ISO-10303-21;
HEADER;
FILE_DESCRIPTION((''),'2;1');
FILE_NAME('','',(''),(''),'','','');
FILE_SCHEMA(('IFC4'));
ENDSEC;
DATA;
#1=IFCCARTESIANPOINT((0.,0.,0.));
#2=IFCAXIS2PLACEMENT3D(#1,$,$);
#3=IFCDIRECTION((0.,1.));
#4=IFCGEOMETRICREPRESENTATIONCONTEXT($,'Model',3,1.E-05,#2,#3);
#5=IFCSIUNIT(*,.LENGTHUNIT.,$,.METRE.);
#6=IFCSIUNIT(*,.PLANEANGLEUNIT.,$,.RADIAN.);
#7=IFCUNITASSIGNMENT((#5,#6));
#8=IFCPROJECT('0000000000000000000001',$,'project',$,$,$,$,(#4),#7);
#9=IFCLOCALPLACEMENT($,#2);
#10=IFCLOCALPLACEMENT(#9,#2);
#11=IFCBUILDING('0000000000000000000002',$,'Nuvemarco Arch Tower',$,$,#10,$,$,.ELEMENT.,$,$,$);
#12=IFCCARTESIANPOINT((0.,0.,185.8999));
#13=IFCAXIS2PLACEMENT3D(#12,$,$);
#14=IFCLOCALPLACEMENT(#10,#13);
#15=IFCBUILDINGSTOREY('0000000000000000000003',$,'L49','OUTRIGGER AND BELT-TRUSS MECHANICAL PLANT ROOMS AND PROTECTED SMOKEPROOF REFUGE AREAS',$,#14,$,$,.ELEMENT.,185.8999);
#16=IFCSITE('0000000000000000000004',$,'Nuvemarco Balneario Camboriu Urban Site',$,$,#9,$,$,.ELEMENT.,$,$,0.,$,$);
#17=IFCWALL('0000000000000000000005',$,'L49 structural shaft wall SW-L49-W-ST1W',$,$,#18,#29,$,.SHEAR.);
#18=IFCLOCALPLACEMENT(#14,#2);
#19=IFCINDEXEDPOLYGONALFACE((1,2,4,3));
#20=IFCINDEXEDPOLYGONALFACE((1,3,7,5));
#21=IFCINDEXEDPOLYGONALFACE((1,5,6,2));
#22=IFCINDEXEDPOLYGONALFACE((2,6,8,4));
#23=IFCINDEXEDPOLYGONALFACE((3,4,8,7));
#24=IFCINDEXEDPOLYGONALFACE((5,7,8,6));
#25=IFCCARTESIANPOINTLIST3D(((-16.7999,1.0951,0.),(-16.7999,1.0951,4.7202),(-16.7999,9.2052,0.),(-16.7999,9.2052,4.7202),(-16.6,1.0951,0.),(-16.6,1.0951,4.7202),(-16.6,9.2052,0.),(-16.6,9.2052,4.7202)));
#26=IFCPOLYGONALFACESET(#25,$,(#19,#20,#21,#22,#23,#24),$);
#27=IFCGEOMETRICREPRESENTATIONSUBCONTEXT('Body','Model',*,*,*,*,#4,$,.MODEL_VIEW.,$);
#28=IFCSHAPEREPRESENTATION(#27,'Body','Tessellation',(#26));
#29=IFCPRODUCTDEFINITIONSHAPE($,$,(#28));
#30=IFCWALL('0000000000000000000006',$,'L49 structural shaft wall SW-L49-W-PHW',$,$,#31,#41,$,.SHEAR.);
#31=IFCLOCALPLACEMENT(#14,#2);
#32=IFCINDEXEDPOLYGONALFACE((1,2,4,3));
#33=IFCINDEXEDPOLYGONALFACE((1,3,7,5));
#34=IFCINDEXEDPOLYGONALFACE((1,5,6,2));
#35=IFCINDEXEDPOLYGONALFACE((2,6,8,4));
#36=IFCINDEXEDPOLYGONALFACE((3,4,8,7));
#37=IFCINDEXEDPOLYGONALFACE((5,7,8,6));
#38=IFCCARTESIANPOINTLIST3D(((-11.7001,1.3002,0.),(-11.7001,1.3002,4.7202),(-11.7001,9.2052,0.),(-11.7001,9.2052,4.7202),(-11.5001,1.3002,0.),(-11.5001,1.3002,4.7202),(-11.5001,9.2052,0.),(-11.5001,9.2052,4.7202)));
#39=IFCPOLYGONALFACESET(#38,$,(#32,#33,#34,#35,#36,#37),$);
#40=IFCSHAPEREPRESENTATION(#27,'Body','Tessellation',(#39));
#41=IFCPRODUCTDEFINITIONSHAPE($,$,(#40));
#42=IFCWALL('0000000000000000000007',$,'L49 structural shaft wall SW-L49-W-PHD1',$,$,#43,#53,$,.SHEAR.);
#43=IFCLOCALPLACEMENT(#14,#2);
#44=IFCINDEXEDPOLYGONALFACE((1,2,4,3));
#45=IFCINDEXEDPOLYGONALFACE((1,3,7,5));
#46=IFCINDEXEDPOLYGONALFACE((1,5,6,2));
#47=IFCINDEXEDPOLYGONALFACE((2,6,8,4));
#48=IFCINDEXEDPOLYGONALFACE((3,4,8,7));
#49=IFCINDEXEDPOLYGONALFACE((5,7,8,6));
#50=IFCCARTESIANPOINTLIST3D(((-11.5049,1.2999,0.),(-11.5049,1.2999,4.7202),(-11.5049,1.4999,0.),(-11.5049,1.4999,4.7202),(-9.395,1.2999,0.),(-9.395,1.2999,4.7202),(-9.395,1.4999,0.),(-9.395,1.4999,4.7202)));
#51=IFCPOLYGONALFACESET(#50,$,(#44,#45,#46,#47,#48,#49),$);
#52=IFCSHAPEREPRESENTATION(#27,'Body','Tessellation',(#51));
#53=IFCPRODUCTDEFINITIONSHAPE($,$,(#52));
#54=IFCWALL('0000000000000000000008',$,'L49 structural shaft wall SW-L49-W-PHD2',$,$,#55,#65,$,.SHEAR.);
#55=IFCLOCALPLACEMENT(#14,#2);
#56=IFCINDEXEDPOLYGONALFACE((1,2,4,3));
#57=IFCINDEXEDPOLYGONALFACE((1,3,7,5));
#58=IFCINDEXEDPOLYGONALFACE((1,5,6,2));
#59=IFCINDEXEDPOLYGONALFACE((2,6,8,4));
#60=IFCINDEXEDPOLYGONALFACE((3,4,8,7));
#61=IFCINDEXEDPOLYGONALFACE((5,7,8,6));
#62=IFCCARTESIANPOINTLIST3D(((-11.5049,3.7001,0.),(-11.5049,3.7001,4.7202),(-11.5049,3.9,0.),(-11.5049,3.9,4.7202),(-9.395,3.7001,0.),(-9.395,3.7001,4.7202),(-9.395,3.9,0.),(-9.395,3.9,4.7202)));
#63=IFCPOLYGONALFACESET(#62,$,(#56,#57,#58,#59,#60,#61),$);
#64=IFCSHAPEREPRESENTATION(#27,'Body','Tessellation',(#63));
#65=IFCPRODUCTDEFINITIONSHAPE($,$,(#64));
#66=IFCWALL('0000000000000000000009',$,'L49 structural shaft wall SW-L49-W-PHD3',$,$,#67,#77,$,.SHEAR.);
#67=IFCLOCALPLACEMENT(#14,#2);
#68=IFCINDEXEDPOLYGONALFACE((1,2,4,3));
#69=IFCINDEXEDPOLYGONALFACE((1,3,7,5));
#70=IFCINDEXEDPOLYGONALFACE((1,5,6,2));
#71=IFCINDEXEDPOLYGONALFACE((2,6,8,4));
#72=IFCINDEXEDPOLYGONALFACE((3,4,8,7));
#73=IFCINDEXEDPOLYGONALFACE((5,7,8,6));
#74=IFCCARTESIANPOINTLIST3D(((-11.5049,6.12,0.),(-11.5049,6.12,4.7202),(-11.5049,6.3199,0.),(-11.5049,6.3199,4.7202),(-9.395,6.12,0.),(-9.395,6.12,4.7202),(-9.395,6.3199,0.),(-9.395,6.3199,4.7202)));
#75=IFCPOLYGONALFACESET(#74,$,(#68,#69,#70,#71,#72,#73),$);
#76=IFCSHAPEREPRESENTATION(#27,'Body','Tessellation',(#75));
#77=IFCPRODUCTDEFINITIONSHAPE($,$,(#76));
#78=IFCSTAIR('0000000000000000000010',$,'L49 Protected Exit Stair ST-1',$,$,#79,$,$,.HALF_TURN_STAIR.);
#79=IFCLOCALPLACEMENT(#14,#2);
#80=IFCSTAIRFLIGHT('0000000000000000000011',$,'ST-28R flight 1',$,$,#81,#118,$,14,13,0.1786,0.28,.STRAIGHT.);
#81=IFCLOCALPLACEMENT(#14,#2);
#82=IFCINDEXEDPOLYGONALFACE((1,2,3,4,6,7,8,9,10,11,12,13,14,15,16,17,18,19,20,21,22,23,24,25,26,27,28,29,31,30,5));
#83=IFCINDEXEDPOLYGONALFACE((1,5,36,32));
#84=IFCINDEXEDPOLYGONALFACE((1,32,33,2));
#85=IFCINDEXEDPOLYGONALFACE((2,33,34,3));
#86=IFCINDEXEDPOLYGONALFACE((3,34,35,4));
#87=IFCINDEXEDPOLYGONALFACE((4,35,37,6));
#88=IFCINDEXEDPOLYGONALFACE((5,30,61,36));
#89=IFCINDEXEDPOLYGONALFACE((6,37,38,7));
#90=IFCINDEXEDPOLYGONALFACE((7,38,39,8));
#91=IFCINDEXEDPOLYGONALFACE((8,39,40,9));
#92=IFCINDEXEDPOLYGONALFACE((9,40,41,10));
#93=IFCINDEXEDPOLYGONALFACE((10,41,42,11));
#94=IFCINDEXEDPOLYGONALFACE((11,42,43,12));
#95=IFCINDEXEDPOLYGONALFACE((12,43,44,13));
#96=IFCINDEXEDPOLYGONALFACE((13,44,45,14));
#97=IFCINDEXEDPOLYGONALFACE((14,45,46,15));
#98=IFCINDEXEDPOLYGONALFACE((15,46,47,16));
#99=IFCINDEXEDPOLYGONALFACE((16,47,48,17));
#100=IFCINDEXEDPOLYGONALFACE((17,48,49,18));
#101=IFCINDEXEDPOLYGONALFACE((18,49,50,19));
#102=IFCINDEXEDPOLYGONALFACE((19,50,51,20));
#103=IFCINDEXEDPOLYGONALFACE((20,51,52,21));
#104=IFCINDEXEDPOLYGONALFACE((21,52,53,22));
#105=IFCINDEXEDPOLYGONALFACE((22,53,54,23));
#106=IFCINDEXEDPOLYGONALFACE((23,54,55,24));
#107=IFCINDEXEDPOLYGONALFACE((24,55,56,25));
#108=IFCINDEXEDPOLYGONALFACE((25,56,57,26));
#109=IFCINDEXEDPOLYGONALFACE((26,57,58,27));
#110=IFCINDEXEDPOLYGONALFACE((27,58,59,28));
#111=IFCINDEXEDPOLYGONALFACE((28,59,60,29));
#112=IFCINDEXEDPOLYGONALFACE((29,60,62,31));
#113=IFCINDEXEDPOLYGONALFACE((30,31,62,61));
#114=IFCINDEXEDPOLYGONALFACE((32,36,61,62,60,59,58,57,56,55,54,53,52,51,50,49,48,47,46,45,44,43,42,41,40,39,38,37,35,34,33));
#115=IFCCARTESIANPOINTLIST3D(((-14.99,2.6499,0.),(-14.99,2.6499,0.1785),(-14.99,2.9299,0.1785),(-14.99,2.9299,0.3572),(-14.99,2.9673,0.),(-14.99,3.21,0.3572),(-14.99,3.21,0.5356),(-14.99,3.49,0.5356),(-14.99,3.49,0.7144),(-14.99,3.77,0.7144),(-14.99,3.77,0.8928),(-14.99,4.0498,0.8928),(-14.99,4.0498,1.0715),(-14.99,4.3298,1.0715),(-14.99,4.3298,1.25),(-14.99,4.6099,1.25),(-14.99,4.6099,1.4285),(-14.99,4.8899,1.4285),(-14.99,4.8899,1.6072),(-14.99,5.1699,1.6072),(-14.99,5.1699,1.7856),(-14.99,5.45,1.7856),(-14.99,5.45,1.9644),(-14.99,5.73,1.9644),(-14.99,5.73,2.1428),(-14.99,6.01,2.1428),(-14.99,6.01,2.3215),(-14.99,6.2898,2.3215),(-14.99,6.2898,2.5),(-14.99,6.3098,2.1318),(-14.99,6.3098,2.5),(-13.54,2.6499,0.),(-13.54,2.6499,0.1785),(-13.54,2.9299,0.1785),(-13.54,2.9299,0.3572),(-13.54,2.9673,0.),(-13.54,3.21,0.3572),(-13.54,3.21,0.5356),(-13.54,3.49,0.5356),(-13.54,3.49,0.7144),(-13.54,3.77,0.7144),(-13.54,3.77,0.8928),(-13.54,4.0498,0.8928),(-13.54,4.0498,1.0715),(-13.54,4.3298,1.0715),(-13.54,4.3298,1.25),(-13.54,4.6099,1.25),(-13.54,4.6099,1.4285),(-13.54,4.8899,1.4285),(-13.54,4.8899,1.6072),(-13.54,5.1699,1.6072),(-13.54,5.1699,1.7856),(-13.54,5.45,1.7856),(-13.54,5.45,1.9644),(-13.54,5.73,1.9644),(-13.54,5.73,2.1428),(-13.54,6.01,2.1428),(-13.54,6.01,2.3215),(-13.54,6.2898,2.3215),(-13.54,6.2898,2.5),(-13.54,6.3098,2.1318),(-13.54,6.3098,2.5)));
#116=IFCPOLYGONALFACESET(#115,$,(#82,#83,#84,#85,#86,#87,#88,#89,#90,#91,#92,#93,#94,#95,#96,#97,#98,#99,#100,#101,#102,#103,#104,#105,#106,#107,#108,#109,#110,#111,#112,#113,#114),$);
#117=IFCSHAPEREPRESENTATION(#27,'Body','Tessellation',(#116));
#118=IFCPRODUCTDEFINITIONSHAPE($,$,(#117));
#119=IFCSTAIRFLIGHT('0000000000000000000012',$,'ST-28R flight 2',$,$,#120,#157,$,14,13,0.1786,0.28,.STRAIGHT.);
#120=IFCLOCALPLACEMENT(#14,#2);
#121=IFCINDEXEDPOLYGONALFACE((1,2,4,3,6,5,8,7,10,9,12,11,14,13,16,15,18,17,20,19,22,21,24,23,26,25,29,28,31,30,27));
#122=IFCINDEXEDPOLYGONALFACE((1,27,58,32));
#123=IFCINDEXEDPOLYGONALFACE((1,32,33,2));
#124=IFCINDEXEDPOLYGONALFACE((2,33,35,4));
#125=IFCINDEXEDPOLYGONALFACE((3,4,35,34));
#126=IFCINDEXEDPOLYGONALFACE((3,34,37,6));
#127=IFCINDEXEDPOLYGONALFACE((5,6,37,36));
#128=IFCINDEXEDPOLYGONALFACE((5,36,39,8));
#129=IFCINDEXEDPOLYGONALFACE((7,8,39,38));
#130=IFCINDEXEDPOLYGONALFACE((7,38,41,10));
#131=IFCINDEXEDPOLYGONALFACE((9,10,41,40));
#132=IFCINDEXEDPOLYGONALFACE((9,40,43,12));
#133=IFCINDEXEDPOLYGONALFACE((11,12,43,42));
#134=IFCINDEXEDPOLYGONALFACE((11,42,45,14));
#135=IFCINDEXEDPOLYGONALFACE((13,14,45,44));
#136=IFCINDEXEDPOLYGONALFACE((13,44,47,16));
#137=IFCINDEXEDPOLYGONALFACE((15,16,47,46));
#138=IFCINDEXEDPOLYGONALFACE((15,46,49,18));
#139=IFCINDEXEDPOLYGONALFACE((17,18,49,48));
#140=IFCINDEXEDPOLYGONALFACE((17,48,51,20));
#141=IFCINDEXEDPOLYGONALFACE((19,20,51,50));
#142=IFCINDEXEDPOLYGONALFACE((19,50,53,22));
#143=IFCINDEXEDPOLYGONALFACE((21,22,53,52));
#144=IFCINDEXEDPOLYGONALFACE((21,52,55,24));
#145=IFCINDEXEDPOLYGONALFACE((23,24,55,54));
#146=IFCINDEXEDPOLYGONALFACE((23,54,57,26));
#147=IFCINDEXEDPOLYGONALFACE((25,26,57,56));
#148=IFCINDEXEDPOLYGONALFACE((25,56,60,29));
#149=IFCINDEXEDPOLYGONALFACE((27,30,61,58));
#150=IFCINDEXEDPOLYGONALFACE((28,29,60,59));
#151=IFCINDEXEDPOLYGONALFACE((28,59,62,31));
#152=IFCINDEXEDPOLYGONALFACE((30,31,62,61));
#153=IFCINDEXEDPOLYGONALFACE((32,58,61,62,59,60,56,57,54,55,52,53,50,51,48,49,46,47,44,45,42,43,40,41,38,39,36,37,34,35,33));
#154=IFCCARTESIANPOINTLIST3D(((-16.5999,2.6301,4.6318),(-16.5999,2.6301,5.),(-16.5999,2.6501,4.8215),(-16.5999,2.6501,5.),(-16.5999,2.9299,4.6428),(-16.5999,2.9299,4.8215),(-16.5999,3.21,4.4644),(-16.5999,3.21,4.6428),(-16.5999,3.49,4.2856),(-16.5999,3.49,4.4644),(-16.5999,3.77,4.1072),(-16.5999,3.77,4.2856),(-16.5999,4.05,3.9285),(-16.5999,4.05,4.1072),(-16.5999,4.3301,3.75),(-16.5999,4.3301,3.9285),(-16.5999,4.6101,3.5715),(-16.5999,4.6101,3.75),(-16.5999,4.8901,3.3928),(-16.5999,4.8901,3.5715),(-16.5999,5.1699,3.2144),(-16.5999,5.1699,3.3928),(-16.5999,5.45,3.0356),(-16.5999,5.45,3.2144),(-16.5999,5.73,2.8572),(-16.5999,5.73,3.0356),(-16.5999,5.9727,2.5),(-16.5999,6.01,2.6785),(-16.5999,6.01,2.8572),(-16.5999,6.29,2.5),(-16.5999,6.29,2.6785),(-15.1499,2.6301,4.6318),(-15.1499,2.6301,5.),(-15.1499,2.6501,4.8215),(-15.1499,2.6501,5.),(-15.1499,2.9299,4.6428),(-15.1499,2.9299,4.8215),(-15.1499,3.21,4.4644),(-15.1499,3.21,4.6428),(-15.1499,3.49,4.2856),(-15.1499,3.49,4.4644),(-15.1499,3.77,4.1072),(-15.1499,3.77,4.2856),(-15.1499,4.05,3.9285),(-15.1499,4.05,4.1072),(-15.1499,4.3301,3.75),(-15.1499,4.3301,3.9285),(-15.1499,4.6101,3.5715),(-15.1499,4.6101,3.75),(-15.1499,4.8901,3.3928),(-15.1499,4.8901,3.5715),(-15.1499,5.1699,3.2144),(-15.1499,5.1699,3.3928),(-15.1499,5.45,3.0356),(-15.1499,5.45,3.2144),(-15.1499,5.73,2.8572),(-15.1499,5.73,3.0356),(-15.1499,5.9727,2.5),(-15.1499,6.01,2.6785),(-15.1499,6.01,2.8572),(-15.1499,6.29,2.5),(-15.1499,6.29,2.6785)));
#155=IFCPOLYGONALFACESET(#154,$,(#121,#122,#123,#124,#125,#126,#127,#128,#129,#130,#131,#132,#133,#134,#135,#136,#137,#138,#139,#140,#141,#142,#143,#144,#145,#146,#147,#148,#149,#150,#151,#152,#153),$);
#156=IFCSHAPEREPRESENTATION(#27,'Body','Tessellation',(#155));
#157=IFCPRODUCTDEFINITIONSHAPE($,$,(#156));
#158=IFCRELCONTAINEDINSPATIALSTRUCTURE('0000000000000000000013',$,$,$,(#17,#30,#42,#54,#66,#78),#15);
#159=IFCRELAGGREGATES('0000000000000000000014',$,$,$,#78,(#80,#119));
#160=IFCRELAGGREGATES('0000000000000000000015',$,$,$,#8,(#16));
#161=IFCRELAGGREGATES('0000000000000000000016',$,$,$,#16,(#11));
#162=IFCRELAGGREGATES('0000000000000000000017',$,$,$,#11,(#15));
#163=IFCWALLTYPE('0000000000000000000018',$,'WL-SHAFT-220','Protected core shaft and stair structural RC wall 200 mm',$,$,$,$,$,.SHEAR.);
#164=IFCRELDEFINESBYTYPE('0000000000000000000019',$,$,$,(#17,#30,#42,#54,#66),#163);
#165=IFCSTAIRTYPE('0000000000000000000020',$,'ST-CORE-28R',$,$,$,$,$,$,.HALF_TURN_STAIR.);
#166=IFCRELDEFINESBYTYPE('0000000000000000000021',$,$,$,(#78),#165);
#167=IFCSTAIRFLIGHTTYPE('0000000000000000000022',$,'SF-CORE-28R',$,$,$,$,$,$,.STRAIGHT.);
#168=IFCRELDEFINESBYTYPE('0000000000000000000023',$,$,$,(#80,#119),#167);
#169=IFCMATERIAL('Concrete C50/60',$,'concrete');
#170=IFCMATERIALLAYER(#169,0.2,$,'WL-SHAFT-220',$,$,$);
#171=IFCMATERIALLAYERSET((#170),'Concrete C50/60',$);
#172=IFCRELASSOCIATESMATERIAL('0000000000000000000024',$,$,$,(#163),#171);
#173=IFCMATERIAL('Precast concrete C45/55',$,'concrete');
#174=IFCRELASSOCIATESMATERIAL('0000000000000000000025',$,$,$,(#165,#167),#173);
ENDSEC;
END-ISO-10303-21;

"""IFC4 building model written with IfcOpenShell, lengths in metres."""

from ifc_helpers import new_model, si_unit, direction, frame, frame_2d, origin, place, context, subcontext, project, spatial, polyline, rectangle, outline, extrude, material, layer, layer_set, type_object, element, aggregate, save


model = new_model("IFC4")

# Units and contexts
model_context = context("Model", 3, precision=1e-05, world=origin(), true_north=direction((0.0, 1.0)))
body_context = subcontext(model_context, "Body", "Model", "MODEL_VIEW")
ifc_project = project(units=[si_unit("LENGTHUNIT", "METRE"), si_unit("PLANEANGLEUNIT", "RADIAN")], contexts=[model_context])

# Site, building, storey
site_placement = place(None, origin())
site = spatial("IfcSite", under=ifc_project, at=site_placement, Name="Nuvemarco Balneario Camboriu Urban Site", CompositionType="ELEMENT", RefElevation=0.0)
building_placement = place(site_placement, origin())
building = spatial("IfcBuilding", under=site, at=building_placement, Name="Nuvemarco Arch Tower", CompositionType="ELEMENT")
storey_placement = place(building_placement, frame((0.0, 0.0, 185.8999)))
storey = spatial("IfcBuildingStorey", under=building, at=storey_placement, Name="L49", Description="OUTRIGGER AND BELT-TRUSS MECHANICAL PLANT ROOMS AND PROTECTED SMOKEPROOF REFUGE AREAS", CompositionType="ELEMENT", Elevation=185.8999)

# Shared definitions
ifc_material_1 = material(Name="Concrete C50/60", Category="concrete")

# Shared definitions
ifc_material_2 = material(Name="Precast concrete C45/55", Category="concrete")

# Shared definitions
ifc_layer_1 = layer(ifc_material_1, 0.2, Name="WL-SHAFT-220")
ifc_layer_set_1 = layer_set([ifc_layer_1], Name="Concrete C50/60")
wall_type_1 = type_object("IfcWallType", Name="WL-SHAFT-220", Description="Protected core shaft and stair structural RC wall 200 mm", PredefinedType="SHEAR", material=ifc_layer_set_1)

# Walls
wall_1_placement = place(storey_placement, frame((-16.7, 1.095, 0.0), z_axis=(0.0, 0.0, 1.0), x_axis=(0.0, 1.0, 0.0)))
element("IfcWall", 1, at=wall_1_placement, inside=storey, type_object=wall_type_1, Name="L49 structural shaft wall SW-L49-W-ST1W", PredefinedType="SHEAR", context=body_context, shape_type="SweptSolid", body=[
    extrude(rectangle(XDim=8.1101, YDim=0.2, at=frame_2d((4.0552, 0.0))), origin(), (0.0, 0.0, 1.0), 4.7202),
])
wall_2_placement = place(storey_placement, frame((-11.6001, 1.3, 0.0), z_axis=(0.0, 0.0, 1.0), x_axis=(0.0, 1.0, 0.0)))
element("IfcWall", 2, at=wall_2_placement, inside=storey, type_object=wall_type_1, Name="L49 structural shaft wall SW-L49-W-PHW", PredefinedType="SHEAR", context=body_context, shape_type="SweptSolid", body=[
    extrude(rectangle(XDim=7.905, YDim=0.2, at=frame_2d((3.9526, 0.0))), origin(), (0.0, 0.0, 1.0), 4.7202),
])
for number, where, z_axis, x_axis, name in (
    (3, (-11.5049, 1.3999, 0.0), (0.0, 0.0, 1.0), (1.0, 0.0, 0.0), "L49 structural shaft wall SW-L49-W-PHD1"),
    (4, (-11.5049, 3.8, 0.0), (0.0, 0.0, 1.0), (1.0, 0.0, 0.0), "L49 structural shaft wall SW-L49-W-PHD2"),
    (5, (-11.5049, 6.22, 0.0), (0.0, 0.0, 1.0), (1.0, 0.0, 0.0), "L49 structural shaft wall SW-L49-W-PHD3"),
):
    element("IfcWall", number, at=place(storey_placement, frame(where, z_axis=z_axis, x_axis=x_axis)), inside=storey, type_object=wall_type_1, Name=name, PredefinedType="SHEAR", context=body_context, shape_type="SweptSolid", body=[
        extrude(rectangle(XDim=2.1099, YDim=0.2, at=frame_2d((1.0549, 0.0))), origin(), (0.0, 0.0, 1.0), 4.7202),
    ])

# Stair, stair flights
stair_type = type_object("IfcStairType", Name="ST-CORE-28R", PredefinedType="HALF_TURN_STAIR", material=ifc_material_2)
stair_placement = place(storey_placement, origin())
stair = element("IfcStair", 6, at=stair_placement, inside=storey, type_object=stair_type, Name="L49 Protected Exit Stair ST-1", PredefinedType="HALF_TURN_STAIR")
stair_flight_type = type_object("IfcStairFlightType", Name="SF-CORE-28R", PredefinedType="STRAIGHT", material=ifc_material_2)
stair_flight_1_placement = place(storey_placement, frame((-14.2649, 2.6499, 0.0), z_axis=(0.0, 0.0, 1.0), x_axis=(0.0, 1.0, 0.0)))
stair_flight_1 = element("IfcStairFlight", 7, at=stair_flight_1_placement, type_object=stair_flight_type, Name="ST-28R flight 1", NumberOfRisers=14, NumberOfTreads=13, PredefinedType="STRAIGHT", RiserHeight=0.1786, TreadLength=0.28, context=body_context, shape_type="SweptSolid", body=[
    extrude(outline(polyline([(0.0, 0.0), (0.0, 0.1785), (0.28, 0.1785), (0.28, 0.3572), (0.5601, 0.3572), (0.5601, 0.5356), (0.8401, 0.5356), (0.8401, 0.7144), (1.1201, 0.7144), (1.1201, 0.8928), (1.3999, 0.8928), (1.3999, 1.0715), (1.6799, 1.0715), (1.6799, 1.25), (1.96, 1.25), (1.96, 1.4285), (2.24, 1.4285), (2.24, 1.6072), (2.52, 1.6072), (2.52, 1.7856), (2.8, 1.7856), (2.8, 1.9644), (3.0801, 1.9644), (3.0801, 2.1428), (3.3601, 2.1428), (3.3601, 2.3215), (3.6399, 2.3215), (3.6399, 2.5), (3.6599, 2.5), (3.6599, 2.1318), (0.3174, 0.0), (0.0, 0.0)])), frame((0.0, 0.7251, 0.0), z_axis=(0.0, -1.0, 0.0), x_axis=(1.0, 0.0, 0.0)), (0.0, 0.0, 1.0), 1.45),
])
stair_flight_2_placement = place(storey_placement, frame((-15.875, 6.29, 2.5), z_axis=(0.0, 0.0, 1.0), x_axis=(0.0, -1.0, 0.0)))
stair_flight_2 = element("IfcStairFlight", 8, at=stair_flight_2_placement, type_object=stair_flight_type, Name="ST-28R flight 2", NumberOfRisers=14, NumberOfTreads=13, PredefinedType="STRAIGHT", RiserHeight=0.1786, TreadLength=0.28, context=body_context, shape_type="SweptSolid", body=[
    extrude(outline(polyline([(0.0, 0.0), (0.0, 0.1785), (0.28, 0.1785), (0.28, 0.3572), (0.5601, 0.3572), (0.5601, 0.5356), (0.8401, 0.5356), (0.8401, 0.7144), (1.1201, 0.7144), (1.1201, 0.8928), (1.3999, 0.8928), (1.3999, 1.0715), (1.6799, 1.0715), (1.6799, 1.25), (1.96, 1.25), (1.96, 1.4285), (2.24, 1.4285), (2.24, 1.6072), (2.52, 1.6072), (2.52, 1.7856), (2.8, 1.7856), (2.8, 1.9644), (3.0801, 1.9644), (3.0801, 2.1428), (3.3601, 2.1428), (3.3601, 2.3215), (3.6399, 2.3215), (3.6399, 2.5), (3.6599, 2.5), (3.6599, 2.1318), (0.3174, 0.0), (0.0, 0.0)])), frame((0.0, 0.7251, 0.0), z_axis=(0.0, -1.0, 0.0), x_axis=(1.0, 0.0, 0.0)), (0.0, 0.0, 1.0), 1.45),
])
aggregate(stair, [stair_flight_1, stair_flight_2])

save(model, "model.ifc")
